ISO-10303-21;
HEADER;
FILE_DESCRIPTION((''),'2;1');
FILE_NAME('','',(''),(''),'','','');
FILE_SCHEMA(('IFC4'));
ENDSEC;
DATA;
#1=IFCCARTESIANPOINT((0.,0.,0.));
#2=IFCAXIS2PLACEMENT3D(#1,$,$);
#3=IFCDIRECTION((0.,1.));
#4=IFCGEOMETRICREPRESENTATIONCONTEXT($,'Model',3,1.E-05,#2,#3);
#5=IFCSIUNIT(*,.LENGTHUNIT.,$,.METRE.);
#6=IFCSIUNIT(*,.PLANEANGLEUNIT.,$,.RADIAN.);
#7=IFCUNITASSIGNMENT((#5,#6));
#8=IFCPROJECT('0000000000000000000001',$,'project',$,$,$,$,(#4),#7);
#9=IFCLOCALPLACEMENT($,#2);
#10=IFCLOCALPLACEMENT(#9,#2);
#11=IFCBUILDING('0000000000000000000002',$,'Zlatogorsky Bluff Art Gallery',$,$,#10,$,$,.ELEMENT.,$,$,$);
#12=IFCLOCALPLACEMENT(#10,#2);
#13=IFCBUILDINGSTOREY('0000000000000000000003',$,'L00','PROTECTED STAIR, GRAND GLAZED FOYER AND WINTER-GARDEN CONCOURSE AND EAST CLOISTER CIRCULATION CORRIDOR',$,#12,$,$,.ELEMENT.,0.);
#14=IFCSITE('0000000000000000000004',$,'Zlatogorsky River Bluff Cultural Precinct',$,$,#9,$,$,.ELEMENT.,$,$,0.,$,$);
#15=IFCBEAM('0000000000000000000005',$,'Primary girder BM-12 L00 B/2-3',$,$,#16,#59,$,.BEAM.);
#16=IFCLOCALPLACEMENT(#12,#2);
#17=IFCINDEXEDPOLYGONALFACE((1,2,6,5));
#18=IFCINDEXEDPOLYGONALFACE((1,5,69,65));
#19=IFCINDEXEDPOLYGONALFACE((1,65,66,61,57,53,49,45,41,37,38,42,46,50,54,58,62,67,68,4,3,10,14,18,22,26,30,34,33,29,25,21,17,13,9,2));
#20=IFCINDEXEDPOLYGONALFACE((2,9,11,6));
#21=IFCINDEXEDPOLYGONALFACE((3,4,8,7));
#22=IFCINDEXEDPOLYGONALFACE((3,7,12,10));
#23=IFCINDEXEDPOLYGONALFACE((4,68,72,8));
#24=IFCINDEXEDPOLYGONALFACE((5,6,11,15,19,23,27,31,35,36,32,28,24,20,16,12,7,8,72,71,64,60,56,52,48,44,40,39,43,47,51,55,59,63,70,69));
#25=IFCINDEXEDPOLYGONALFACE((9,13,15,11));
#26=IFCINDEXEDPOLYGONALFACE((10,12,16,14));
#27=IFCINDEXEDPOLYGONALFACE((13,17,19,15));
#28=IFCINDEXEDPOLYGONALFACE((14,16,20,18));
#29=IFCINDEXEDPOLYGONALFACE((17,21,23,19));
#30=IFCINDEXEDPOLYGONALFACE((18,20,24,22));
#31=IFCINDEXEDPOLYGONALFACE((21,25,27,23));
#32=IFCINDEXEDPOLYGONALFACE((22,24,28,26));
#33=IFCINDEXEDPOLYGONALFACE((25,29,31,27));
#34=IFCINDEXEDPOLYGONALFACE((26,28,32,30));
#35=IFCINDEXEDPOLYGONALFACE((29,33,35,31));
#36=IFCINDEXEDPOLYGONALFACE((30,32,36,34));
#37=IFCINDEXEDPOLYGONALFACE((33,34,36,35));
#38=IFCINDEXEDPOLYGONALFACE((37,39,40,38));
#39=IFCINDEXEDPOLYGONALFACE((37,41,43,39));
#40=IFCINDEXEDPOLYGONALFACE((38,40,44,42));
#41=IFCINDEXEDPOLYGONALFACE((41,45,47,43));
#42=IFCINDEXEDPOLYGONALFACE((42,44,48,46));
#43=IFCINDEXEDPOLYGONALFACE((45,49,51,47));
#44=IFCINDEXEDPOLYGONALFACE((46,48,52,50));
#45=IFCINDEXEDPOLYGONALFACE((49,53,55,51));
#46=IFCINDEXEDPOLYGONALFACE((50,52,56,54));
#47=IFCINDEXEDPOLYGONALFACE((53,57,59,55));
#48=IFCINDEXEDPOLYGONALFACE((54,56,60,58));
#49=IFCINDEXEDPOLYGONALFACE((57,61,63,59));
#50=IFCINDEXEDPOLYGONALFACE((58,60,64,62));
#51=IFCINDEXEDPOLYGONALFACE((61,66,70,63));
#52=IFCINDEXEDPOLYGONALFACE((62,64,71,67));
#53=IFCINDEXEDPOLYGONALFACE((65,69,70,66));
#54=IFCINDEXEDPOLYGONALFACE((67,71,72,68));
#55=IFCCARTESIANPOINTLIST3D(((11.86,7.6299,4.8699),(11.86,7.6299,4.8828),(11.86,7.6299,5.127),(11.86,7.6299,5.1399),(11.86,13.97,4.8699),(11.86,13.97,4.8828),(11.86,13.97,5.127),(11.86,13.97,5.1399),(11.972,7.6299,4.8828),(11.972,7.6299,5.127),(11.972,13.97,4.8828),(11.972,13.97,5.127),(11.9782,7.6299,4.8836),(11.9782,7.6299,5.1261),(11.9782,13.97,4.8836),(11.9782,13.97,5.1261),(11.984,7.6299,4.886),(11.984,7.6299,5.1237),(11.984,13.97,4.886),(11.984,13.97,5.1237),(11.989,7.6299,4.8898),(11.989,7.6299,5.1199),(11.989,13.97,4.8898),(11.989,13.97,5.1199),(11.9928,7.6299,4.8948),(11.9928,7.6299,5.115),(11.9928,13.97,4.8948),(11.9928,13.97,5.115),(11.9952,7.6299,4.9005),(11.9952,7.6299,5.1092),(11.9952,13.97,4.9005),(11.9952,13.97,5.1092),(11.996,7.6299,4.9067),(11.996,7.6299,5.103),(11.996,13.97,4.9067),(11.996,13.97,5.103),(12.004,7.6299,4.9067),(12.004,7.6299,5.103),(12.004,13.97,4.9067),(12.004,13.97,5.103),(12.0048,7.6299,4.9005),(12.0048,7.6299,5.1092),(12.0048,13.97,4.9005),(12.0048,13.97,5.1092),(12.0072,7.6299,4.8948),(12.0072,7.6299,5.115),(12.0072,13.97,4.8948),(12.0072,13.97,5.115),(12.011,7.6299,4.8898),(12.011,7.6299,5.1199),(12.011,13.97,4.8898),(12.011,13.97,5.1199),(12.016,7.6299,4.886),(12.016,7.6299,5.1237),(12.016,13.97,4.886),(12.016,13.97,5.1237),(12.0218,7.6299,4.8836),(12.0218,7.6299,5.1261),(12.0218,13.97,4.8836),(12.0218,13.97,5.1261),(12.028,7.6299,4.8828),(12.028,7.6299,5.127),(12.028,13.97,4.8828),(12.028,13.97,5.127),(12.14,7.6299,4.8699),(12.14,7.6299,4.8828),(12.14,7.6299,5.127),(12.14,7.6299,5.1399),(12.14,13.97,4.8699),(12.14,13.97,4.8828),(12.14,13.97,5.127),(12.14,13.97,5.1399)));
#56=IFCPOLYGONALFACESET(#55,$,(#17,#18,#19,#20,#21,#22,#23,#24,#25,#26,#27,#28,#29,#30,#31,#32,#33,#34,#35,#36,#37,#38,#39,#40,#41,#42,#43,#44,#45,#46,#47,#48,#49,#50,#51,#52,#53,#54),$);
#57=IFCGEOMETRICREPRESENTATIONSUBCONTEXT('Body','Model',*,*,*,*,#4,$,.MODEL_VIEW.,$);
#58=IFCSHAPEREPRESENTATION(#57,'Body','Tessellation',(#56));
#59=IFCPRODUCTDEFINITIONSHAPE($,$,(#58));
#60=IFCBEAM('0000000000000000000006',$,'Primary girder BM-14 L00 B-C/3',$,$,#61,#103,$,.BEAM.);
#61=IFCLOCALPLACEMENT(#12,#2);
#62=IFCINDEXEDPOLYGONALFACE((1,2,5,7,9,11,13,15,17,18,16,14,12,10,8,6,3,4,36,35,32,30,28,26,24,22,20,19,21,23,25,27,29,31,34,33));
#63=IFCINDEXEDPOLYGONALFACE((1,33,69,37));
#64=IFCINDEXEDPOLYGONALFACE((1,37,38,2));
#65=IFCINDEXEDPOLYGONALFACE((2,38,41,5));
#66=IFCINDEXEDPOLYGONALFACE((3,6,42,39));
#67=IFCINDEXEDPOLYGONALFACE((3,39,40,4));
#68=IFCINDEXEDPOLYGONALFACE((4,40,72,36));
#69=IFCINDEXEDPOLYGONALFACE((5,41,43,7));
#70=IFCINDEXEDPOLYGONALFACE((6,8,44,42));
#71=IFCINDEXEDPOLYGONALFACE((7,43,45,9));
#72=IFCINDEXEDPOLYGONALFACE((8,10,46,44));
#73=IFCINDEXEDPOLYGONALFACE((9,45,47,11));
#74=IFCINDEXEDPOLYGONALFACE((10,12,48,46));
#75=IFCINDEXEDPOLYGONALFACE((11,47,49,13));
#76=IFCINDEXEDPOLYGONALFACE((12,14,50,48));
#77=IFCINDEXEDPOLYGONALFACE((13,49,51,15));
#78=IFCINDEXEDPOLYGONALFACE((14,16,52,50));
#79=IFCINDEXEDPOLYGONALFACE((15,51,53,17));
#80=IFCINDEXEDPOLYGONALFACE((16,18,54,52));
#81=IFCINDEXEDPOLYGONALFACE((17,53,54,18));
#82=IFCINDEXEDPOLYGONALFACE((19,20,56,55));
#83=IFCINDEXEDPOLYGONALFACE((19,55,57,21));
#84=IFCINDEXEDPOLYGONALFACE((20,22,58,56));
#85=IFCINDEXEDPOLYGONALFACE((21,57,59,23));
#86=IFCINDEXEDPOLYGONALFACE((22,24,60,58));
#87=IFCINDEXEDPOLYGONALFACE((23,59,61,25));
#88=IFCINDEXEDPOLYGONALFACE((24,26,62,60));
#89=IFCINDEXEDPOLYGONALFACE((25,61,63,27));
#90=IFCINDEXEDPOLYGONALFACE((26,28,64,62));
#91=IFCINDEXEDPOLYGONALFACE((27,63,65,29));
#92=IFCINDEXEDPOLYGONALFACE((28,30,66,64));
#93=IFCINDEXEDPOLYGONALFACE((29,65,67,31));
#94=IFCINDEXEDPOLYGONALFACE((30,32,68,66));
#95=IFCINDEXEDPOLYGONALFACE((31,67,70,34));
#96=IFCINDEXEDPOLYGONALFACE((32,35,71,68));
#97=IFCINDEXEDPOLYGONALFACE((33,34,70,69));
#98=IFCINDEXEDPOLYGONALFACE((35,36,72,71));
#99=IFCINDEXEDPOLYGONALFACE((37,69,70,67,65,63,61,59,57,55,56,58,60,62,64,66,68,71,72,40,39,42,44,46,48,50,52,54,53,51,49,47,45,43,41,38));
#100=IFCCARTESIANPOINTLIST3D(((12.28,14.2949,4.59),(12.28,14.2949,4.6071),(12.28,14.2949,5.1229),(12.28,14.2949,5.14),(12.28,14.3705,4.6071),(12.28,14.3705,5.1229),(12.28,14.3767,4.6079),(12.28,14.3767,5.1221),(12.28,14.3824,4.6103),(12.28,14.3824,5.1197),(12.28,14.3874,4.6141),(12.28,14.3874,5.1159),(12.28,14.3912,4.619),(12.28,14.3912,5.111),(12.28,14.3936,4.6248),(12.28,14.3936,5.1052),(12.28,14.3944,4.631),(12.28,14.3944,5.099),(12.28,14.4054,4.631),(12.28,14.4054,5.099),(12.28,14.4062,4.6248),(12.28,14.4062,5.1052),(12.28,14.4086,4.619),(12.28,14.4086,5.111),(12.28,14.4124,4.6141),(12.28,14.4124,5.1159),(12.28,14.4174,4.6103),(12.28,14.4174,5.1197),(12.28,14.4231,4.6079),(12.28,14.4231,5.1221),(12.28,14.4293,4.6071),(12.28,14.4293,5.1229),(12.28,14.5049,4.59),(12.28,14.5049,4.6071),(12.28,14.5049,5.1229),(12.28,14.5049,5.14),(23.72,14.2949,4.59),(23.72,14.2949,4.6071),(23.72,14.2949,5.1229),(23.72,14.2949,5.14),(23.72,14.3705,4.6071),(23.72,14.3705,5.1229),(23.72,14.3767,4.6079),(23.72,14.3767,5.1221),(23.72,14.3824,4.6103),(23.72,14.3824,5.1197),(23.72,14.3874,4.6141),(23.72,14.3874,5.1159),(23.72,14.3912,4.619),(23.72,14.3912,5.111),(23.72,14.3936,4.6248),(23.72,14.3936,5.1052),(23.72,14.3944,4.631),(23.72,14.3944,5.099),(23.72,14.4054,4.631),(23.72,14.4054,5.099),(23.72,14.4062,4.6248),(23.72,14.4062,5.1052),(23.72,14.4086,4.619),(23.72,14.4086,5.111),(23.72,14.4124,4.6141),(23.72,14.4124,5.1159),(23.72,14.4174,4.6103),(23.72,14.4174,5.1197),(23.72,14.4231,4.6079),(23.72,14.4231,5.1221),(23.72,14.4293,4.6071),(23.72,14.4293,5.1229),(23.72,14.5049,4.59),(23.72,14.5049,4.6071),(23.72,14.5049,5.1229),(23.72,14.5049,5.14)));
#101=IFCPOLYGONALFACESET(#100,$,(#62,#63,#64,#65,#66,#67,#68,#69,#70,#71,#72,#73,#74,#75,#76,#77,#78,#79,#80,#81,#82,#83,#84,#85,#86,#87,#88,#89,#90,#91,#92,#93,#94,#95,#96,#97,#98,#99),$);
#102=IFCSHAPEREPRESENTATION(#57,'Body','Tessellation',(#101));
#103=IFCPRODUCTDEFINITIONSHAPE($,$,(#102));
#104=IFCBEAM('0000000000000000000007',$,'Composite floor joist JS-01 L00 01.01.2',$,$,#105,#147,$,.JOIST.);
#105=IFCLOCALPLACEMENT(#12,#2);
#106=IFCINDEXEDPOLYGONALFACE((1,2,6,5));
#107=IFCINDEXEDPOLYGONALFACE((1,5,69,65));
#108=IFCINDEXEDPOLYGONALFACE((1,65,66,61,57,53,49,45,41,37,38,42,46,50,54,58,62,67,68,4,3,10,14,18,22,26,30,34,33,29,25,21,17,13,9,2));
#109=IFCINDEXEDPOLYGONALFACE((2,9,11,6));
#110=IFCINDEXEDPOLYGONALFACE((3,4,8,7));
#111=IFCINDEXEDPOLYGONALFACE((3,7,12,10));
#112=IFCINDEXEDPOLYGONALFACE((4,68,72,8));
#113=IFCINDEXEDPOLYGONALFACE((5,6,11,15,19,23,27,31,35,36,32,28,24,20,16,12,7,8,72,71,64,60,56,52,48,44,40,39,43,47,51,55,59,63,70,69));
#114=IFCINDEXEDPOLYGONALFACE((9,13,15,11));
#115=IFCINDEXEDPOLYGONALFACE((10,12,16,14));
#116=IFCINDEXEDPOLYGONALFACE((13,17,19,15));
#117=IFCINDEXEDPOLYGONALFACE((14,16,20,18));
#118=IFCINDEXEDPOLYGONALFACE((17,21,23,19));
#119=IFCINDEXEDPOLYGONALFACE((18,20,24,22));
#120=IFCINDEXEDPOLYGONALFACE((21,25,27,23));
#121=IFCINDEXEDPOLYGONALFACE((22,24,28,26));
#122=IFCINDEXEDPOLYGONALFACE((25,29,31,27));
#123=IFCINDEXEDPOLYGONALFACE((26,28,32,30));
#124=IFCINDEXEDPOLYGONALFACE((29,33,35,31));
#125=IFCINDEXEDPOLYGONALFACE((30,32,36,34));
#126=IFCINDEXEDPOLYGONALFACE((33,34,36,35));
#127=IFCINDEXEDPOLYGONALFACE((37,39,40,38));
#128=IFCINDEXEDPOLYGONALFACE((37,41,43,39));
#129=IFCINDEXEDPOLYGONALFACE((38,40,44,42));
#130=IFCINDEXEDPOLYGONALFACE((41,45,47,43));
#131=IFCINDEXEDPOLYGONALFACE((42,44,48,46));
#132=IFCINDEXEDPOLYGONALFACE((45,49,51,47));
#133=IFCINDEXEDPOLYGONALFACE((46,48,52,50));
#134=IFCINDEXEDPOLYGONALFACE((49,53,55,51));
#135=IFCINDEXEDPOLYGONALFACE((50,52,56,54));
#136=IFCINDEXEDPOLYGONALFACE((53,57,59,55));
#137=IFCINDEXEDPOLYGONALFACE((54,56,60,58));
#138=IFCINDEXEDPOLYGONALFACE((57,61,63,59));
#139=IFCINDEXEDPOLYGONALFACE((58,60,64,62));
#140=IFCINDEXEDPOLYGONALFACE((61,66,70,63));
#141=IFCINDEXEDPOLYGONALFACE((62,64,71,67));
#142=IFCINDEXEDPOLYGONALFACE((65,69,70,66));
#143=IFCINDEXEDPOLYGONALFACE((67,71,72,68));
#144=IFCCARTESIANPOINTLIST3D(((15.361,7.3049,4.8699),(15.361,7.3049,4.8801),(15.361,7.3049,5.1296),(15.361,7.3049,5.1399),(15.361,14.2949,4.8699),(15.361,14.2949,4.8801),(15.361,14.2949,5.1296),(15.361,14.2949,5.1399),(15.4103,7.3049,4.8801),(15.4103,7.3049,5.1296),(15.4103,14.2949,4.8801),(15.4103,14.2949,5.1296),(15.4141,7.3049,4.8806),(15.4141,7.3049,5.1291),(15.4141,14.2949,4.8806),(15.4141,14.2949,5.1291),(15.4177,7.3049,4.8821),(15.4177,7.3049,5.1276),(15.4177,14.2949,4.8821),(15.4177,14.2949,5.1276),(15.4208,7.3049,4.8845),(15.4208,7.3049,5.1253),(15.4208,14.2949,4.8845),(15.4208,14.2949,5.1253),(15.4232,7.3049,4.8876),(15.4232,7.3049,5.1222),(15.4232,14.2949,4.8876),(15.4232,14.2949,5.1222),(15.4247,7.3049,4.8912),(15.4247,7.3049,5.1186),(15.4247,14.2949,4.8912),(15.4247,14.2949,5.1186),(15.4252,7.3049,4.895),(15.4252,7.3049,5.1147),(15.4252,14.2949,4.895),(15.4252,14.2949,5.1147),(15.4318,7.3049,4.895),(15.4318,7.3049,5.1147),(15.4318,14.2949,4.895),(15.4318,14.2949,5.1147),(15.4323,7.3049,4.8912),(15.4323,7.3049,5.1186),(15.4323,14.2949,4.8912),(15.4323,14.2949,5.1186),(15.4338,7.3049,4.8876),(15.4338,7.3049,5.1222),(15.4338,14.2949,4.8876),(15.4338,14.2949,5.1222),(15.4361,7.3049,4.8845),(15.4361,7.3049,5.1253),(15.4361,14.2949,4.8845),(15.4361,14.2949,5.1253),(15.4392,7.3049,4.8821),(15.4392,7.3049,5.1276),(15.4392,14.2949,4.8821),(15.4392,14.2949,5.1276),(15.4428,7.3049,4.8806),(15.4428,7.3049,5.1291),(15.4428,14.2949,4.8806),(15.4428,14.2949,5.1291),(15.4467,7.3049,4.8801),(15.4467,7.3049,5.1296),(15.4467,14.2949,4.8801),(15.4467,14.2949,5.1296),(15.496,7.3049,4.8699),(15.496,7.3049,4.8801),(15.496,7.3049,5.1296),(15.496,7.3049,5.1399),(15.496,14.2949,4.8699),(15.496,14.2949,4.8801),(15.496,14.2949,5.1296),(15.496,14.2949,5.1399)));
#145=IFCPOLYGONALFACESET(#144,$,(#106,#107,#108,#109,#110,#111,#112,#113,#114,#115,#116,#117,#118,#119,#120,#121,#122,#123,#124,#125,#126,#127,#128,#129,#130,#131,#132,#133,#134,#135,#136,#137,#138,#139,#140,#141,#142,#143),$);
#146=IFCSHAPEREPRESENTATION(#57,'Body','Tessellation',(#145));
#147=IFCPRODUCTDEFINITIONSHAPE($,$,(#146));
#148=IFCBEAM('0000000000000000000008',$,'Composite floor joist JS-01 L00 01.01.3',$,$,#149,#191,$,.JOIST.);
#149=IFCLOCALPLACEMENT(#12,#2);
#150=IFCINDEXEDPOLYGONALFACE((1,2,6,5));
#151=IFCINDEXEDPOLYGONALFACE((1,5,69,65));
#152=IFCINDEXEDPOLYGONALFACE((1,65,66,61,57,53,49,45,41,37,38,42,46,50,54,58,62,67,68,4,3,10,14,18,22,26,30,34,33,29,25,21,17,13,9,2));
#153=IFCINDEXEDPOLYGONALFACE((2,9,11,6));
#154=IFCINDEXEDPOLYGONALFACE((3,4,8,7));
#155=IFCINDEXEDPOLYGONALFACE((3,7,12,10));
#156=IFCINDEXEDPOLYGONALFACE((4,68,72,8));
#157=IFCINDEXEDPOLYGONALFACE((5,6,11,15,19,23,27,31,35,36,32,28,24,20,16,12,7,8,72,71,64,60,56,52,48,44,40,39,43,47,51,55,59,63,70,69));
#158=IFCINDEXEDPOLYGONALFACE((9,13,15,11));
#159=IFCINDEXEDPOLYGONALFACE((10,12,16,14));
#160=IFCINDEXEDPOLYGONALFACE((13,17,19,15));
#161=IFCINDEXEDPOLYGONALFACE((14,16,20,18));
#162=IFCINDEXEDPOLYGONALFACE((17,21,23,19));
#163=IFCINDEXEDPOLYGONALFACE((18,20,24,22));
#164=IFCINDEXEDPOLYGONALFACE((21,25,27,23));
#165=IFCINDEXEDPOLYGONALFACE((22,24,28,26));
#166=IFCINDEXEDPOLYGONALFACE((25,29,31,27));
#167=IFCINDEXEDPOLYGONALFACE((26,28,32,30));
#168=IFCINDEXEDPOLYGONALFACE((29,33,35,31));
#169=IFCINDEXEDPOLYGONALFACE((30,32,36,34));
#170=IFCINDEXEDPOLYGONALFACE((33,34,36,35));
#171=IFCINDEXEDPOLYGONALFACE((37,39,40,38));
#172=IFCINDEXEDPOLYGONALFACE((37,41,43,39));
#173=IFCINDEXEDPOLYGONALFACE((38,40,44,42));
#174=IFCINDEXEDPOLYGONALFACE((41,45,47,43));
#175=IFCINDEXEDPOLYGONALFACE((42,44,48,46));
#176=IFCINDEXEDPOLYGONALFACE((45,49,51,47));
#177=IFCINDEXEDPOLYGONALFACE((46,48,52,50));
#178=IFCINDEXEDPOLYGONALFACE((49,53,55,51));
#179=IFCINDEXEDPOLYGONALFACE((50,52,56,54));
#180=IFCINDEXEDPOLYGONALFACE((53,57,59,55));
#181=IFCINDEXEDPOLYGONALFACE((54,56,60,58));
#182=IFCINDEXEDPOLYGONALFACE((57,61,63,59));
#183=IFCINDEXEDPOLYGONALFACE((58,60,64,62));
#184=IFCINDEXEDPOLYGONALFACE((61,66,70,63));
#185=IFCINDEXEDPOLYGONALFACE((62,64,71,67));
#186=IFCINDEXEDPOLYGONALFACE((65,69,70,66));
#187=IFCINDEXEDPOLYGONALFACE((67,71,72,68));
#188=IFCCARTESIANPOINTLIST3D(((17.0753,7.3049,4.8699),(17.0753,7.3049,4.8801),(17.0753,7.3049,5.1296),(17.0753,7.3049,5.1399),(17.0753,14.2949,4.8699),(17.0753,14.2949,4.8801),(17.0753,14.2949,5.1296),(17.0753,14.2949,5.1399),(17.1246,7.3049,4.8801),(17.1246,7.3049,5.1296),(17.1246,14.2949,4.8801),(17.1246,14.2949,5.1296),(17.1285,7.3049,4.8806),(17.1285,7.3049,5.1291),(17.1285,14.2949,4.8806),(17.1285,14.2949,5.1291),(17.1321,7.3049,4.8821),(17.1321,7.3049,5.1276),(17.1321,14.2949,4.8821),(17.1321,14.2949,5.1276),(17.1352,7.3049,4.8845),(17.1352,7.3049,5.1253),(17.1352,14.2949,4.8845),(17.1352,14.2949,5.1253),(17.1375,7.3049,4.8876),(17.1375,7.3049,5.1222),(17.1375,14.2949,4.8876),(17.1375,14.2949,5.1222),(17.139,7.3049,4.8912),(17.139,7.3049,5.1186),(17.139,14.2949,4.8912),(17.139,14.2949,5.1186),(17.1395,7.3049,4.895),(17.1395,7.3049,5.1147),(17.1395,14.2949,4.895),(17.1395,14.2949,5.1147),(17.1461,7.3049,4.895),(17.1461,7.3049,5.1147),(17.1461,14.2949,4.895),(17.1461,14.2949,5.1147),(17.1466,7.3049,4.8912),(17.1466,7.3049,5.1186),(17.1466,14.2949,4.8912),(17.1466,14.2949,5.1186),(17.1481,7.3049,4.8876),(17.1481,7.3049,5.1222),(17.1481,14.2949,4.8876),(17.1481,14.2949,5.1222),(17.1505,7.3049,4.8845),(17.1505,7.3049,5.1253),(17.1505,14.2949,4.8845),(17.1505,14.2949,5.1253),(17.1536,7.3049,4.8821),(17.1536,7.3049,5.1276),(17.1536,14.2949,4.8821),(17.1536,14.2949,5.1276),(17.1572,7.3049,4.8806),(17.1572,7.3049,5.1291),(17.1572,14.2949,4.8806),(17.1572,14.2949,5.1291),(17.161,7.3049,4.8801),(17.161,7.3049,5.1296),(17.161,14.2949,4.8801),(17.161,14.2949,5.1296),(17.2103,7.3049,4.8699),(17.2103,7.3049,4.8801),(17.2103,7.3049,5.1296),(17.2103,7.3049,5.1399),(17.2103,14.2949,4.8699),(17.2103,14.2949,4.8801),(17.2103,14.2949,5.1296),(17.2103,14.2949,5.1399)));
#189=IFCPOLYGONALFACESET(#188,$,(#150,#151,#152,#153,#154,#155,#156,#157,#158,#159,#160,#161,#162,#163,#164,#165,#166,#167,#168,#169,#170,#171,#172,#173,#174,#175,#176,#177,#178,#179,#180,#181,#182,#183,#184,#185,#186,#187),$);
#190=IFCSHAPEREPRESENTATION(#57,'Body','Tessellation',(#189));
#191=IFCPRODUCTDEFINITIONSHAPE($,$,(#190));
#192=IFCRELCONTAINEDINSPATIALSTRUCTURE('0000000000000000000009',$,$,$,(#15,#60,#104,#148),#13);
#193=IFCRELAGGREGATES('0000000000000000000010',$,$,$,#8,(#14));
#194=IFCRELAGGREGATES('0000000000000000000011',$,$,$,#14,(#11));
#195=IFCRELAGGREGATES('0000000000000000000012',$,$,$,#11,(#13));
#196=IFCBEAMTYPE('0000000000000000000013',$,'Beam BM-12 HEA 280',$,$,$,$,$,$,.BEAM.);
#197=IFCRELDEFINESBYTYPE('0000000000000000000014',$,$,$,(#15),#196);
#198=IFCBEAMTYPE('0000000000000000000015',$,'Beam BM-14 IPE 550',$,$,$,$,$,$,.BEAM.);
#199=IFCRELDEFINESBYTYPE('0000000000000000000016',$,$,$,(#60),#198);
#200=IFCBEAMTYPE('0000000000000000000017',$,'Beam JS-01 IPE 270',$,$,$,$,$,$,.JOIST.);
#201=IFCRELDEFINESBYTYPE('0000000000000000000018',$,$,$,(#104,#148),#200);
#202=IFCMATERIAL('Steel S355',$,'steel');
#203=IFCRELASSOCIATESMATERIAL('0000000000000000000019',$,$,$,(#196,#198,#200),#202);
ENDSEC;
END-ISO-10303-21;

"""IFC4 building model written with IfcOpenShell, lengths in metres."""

from ifc_helpers import new_model, si_unit, direction, frame, origin, origin_2d, place, context, subcontext, project, spatial, i_section, extrude, material, material_profile, profile_set, type_object, element, save


model = new_model("IFC4")

# Units and contexts
model_context = context("Model", 3, precision=1e-05, world=origin(), true_north=direction((0.0, 1.0)))
body_context = subcontext(model_context, "Body", "Model", "MODEL_VIEW")
ifc_project = project(units=[si_unit("LENGTHUNIT", "METRE"), si_unit("PLANEANGLEUNIT", "RADIAN")], contexts=[model_context])

# Site, building, storey
site_placement = place(None, origin())
site = spatial("IfcSite", under=ifc_project, at=site_placement, Name="Zlatogorsky River Bluff Cultural Precinct", CompositionType="ELEMENT", RefElevation=0.0)
building_placement = place(site_placement, origin())
building = spatial("IfcBuilding", under=site, at=building_placement, Name="Zlatogorsky Bluff Art Gallery", CompositionType="ELEMENT")
storey_placement = place(building_placement, origin())
storey = spatial("IfcBuildingStorey", under=building, at=storey_placement, Name="L00", Description="PROTECTED STAIR, GRAND GLAZED FOYER AND WINTER-GARDEN CONCOURSE AND EAST CLOISTER CIRCULATION CORRIDOR", CompositionType="ELEMENT", Elevation=0.0)

# Beams
ifc_material_1 = material(Name="Steel S355", Category="steel")
ifc_material_profile_1 = material_profile(ifc_material_1, i_section(OverallWidth=0.28, OverallDepth=0.27, WebThickness=0.0081, FlangeThickness=0.0129, FilletRadius=0.0239, at=origin_2d()), Name="HEA 280")
ifc_profile_set_1 = profile_set([ifc_material_profile_1], Name="Steel S355")
beam_type_1 = type_object("IfcBeamType", Name="Beam BM-12 HEA 280", PredefinedType="BEAM", material=ifc_profile_set_1)
beam_1_placement = place(storey_placement, frame((12.0, 7.6299, 5.0049), z_axis=(0.0, 1.0, 0.0), x_axis=(-1.0, 0.0, 0.0)))
element("IfcBeam", 1, at=beam_1_placement, inside=storey, type_object=beam_type_1, Name="Primary girder BM-12 L00 B/2-3", PredefinedType="BEAM", context=body_context, shape_type="SweptSolid", body=[
    extrude(i_section(OverallWidth=0.28, OverallDepth=0.27, WebThickness=0.0081, FlangeThickness=0.0129, FilletRadius=0.0239, at=origin_2d()), origin(), (0.0, 0.0, 1.0), 6.3401),
])
ifc_material_profile_2 = material_profile(ifc_material_1, i_section(OverallWidth=0.21, OverallDepth=0.55, WebThickness=0.011, FlangeThickness=0.0171, FilletRadius=0.0239, at=origin_2d()), Name="IPE 550")
ifc_profile_set_2 = profile_set([ifc_material_profile_2], Name="Steel S355")
beam_type_2 = type_object("IfcBeamType", Name="Beam BM-14 IPE 550", PredefinedType="BEAM", material=ifc_profile_set_2)
beam_2_placement = place(storey_placement, frame((12.28, 14.3999, 4.865), z_axis=(1.0, 0.0, 0.0), x_axis=(0.0, 1.0, 0.0)))
element("IfcBeam", 2, at=beam_2_placement, inside=storey, type_object=beam_type_2, Name="Primary girder BM-14 L00 B-C/3", PredefinedType="BEAM", context=body_context, shape_type="SweptSolid", body=[
    extrude(i_section(OverallWidth=0.21, OverallDepth=0.55, WebThickness=0.011, FlangeThickness=0.0171, FilletRadius=0.0239, at=origin_2d()), origin(), (0.0, 0.0, 1.0), 11.4399),
])
ifc_material_profile_3 = material_profile(ifc_material_1, i_section(OverallWidth=0.135, OverallDepth=0.27, WebThickness=0.0066, FlangeThickness=0.0103, FilletRadius=0.0149, at=origin_2d()), Name="IPE 270")
ifc_profile_set_3 = profile_set([ifc_material_profile_3], Name="Steel S355")
beam_type_3 = type_object("IfcBeamType", Name="Beam JS-01 IPE 270", PredefinedType="JOIST", material=ifc_profile_set_3)
for number, where, z_axis, x_axis, name in (
    (3, (15.4285, 7.3049, 5.0049), (0.0, 1.0, 0.0), (-1.0, 0.0, 0.0), "Composite floor joist JS-01 L00 01.01.2"),
    (4, (17.1428, 7.3049, 5.0049), (0.0, 1.0, 0.0), (-1.0, 0.0, 0.0), "Composite floor joist JS-01 L00 01.01.3"),
):
    element("IfcBeam", number, at=place(storey_placement, frame(where, z_axis=z_axis, x_axis=x_axis)), inside=storey, type_object=beam_type_3, Name=name, PredefinedType="JOIST", context=body_context, shape_type="SweptSolid", body=[
        extrude(i_section(OverallWidth=0.135, OverallDepth=0.27, WebThickness=0.0066, FlangeThickness=0.0103, FilletRadius=0.0149, at=origin_2d()), origin(), (0.0, 0.0, 1.0), 6.99),
    ])

save(model, "model.ifc")
